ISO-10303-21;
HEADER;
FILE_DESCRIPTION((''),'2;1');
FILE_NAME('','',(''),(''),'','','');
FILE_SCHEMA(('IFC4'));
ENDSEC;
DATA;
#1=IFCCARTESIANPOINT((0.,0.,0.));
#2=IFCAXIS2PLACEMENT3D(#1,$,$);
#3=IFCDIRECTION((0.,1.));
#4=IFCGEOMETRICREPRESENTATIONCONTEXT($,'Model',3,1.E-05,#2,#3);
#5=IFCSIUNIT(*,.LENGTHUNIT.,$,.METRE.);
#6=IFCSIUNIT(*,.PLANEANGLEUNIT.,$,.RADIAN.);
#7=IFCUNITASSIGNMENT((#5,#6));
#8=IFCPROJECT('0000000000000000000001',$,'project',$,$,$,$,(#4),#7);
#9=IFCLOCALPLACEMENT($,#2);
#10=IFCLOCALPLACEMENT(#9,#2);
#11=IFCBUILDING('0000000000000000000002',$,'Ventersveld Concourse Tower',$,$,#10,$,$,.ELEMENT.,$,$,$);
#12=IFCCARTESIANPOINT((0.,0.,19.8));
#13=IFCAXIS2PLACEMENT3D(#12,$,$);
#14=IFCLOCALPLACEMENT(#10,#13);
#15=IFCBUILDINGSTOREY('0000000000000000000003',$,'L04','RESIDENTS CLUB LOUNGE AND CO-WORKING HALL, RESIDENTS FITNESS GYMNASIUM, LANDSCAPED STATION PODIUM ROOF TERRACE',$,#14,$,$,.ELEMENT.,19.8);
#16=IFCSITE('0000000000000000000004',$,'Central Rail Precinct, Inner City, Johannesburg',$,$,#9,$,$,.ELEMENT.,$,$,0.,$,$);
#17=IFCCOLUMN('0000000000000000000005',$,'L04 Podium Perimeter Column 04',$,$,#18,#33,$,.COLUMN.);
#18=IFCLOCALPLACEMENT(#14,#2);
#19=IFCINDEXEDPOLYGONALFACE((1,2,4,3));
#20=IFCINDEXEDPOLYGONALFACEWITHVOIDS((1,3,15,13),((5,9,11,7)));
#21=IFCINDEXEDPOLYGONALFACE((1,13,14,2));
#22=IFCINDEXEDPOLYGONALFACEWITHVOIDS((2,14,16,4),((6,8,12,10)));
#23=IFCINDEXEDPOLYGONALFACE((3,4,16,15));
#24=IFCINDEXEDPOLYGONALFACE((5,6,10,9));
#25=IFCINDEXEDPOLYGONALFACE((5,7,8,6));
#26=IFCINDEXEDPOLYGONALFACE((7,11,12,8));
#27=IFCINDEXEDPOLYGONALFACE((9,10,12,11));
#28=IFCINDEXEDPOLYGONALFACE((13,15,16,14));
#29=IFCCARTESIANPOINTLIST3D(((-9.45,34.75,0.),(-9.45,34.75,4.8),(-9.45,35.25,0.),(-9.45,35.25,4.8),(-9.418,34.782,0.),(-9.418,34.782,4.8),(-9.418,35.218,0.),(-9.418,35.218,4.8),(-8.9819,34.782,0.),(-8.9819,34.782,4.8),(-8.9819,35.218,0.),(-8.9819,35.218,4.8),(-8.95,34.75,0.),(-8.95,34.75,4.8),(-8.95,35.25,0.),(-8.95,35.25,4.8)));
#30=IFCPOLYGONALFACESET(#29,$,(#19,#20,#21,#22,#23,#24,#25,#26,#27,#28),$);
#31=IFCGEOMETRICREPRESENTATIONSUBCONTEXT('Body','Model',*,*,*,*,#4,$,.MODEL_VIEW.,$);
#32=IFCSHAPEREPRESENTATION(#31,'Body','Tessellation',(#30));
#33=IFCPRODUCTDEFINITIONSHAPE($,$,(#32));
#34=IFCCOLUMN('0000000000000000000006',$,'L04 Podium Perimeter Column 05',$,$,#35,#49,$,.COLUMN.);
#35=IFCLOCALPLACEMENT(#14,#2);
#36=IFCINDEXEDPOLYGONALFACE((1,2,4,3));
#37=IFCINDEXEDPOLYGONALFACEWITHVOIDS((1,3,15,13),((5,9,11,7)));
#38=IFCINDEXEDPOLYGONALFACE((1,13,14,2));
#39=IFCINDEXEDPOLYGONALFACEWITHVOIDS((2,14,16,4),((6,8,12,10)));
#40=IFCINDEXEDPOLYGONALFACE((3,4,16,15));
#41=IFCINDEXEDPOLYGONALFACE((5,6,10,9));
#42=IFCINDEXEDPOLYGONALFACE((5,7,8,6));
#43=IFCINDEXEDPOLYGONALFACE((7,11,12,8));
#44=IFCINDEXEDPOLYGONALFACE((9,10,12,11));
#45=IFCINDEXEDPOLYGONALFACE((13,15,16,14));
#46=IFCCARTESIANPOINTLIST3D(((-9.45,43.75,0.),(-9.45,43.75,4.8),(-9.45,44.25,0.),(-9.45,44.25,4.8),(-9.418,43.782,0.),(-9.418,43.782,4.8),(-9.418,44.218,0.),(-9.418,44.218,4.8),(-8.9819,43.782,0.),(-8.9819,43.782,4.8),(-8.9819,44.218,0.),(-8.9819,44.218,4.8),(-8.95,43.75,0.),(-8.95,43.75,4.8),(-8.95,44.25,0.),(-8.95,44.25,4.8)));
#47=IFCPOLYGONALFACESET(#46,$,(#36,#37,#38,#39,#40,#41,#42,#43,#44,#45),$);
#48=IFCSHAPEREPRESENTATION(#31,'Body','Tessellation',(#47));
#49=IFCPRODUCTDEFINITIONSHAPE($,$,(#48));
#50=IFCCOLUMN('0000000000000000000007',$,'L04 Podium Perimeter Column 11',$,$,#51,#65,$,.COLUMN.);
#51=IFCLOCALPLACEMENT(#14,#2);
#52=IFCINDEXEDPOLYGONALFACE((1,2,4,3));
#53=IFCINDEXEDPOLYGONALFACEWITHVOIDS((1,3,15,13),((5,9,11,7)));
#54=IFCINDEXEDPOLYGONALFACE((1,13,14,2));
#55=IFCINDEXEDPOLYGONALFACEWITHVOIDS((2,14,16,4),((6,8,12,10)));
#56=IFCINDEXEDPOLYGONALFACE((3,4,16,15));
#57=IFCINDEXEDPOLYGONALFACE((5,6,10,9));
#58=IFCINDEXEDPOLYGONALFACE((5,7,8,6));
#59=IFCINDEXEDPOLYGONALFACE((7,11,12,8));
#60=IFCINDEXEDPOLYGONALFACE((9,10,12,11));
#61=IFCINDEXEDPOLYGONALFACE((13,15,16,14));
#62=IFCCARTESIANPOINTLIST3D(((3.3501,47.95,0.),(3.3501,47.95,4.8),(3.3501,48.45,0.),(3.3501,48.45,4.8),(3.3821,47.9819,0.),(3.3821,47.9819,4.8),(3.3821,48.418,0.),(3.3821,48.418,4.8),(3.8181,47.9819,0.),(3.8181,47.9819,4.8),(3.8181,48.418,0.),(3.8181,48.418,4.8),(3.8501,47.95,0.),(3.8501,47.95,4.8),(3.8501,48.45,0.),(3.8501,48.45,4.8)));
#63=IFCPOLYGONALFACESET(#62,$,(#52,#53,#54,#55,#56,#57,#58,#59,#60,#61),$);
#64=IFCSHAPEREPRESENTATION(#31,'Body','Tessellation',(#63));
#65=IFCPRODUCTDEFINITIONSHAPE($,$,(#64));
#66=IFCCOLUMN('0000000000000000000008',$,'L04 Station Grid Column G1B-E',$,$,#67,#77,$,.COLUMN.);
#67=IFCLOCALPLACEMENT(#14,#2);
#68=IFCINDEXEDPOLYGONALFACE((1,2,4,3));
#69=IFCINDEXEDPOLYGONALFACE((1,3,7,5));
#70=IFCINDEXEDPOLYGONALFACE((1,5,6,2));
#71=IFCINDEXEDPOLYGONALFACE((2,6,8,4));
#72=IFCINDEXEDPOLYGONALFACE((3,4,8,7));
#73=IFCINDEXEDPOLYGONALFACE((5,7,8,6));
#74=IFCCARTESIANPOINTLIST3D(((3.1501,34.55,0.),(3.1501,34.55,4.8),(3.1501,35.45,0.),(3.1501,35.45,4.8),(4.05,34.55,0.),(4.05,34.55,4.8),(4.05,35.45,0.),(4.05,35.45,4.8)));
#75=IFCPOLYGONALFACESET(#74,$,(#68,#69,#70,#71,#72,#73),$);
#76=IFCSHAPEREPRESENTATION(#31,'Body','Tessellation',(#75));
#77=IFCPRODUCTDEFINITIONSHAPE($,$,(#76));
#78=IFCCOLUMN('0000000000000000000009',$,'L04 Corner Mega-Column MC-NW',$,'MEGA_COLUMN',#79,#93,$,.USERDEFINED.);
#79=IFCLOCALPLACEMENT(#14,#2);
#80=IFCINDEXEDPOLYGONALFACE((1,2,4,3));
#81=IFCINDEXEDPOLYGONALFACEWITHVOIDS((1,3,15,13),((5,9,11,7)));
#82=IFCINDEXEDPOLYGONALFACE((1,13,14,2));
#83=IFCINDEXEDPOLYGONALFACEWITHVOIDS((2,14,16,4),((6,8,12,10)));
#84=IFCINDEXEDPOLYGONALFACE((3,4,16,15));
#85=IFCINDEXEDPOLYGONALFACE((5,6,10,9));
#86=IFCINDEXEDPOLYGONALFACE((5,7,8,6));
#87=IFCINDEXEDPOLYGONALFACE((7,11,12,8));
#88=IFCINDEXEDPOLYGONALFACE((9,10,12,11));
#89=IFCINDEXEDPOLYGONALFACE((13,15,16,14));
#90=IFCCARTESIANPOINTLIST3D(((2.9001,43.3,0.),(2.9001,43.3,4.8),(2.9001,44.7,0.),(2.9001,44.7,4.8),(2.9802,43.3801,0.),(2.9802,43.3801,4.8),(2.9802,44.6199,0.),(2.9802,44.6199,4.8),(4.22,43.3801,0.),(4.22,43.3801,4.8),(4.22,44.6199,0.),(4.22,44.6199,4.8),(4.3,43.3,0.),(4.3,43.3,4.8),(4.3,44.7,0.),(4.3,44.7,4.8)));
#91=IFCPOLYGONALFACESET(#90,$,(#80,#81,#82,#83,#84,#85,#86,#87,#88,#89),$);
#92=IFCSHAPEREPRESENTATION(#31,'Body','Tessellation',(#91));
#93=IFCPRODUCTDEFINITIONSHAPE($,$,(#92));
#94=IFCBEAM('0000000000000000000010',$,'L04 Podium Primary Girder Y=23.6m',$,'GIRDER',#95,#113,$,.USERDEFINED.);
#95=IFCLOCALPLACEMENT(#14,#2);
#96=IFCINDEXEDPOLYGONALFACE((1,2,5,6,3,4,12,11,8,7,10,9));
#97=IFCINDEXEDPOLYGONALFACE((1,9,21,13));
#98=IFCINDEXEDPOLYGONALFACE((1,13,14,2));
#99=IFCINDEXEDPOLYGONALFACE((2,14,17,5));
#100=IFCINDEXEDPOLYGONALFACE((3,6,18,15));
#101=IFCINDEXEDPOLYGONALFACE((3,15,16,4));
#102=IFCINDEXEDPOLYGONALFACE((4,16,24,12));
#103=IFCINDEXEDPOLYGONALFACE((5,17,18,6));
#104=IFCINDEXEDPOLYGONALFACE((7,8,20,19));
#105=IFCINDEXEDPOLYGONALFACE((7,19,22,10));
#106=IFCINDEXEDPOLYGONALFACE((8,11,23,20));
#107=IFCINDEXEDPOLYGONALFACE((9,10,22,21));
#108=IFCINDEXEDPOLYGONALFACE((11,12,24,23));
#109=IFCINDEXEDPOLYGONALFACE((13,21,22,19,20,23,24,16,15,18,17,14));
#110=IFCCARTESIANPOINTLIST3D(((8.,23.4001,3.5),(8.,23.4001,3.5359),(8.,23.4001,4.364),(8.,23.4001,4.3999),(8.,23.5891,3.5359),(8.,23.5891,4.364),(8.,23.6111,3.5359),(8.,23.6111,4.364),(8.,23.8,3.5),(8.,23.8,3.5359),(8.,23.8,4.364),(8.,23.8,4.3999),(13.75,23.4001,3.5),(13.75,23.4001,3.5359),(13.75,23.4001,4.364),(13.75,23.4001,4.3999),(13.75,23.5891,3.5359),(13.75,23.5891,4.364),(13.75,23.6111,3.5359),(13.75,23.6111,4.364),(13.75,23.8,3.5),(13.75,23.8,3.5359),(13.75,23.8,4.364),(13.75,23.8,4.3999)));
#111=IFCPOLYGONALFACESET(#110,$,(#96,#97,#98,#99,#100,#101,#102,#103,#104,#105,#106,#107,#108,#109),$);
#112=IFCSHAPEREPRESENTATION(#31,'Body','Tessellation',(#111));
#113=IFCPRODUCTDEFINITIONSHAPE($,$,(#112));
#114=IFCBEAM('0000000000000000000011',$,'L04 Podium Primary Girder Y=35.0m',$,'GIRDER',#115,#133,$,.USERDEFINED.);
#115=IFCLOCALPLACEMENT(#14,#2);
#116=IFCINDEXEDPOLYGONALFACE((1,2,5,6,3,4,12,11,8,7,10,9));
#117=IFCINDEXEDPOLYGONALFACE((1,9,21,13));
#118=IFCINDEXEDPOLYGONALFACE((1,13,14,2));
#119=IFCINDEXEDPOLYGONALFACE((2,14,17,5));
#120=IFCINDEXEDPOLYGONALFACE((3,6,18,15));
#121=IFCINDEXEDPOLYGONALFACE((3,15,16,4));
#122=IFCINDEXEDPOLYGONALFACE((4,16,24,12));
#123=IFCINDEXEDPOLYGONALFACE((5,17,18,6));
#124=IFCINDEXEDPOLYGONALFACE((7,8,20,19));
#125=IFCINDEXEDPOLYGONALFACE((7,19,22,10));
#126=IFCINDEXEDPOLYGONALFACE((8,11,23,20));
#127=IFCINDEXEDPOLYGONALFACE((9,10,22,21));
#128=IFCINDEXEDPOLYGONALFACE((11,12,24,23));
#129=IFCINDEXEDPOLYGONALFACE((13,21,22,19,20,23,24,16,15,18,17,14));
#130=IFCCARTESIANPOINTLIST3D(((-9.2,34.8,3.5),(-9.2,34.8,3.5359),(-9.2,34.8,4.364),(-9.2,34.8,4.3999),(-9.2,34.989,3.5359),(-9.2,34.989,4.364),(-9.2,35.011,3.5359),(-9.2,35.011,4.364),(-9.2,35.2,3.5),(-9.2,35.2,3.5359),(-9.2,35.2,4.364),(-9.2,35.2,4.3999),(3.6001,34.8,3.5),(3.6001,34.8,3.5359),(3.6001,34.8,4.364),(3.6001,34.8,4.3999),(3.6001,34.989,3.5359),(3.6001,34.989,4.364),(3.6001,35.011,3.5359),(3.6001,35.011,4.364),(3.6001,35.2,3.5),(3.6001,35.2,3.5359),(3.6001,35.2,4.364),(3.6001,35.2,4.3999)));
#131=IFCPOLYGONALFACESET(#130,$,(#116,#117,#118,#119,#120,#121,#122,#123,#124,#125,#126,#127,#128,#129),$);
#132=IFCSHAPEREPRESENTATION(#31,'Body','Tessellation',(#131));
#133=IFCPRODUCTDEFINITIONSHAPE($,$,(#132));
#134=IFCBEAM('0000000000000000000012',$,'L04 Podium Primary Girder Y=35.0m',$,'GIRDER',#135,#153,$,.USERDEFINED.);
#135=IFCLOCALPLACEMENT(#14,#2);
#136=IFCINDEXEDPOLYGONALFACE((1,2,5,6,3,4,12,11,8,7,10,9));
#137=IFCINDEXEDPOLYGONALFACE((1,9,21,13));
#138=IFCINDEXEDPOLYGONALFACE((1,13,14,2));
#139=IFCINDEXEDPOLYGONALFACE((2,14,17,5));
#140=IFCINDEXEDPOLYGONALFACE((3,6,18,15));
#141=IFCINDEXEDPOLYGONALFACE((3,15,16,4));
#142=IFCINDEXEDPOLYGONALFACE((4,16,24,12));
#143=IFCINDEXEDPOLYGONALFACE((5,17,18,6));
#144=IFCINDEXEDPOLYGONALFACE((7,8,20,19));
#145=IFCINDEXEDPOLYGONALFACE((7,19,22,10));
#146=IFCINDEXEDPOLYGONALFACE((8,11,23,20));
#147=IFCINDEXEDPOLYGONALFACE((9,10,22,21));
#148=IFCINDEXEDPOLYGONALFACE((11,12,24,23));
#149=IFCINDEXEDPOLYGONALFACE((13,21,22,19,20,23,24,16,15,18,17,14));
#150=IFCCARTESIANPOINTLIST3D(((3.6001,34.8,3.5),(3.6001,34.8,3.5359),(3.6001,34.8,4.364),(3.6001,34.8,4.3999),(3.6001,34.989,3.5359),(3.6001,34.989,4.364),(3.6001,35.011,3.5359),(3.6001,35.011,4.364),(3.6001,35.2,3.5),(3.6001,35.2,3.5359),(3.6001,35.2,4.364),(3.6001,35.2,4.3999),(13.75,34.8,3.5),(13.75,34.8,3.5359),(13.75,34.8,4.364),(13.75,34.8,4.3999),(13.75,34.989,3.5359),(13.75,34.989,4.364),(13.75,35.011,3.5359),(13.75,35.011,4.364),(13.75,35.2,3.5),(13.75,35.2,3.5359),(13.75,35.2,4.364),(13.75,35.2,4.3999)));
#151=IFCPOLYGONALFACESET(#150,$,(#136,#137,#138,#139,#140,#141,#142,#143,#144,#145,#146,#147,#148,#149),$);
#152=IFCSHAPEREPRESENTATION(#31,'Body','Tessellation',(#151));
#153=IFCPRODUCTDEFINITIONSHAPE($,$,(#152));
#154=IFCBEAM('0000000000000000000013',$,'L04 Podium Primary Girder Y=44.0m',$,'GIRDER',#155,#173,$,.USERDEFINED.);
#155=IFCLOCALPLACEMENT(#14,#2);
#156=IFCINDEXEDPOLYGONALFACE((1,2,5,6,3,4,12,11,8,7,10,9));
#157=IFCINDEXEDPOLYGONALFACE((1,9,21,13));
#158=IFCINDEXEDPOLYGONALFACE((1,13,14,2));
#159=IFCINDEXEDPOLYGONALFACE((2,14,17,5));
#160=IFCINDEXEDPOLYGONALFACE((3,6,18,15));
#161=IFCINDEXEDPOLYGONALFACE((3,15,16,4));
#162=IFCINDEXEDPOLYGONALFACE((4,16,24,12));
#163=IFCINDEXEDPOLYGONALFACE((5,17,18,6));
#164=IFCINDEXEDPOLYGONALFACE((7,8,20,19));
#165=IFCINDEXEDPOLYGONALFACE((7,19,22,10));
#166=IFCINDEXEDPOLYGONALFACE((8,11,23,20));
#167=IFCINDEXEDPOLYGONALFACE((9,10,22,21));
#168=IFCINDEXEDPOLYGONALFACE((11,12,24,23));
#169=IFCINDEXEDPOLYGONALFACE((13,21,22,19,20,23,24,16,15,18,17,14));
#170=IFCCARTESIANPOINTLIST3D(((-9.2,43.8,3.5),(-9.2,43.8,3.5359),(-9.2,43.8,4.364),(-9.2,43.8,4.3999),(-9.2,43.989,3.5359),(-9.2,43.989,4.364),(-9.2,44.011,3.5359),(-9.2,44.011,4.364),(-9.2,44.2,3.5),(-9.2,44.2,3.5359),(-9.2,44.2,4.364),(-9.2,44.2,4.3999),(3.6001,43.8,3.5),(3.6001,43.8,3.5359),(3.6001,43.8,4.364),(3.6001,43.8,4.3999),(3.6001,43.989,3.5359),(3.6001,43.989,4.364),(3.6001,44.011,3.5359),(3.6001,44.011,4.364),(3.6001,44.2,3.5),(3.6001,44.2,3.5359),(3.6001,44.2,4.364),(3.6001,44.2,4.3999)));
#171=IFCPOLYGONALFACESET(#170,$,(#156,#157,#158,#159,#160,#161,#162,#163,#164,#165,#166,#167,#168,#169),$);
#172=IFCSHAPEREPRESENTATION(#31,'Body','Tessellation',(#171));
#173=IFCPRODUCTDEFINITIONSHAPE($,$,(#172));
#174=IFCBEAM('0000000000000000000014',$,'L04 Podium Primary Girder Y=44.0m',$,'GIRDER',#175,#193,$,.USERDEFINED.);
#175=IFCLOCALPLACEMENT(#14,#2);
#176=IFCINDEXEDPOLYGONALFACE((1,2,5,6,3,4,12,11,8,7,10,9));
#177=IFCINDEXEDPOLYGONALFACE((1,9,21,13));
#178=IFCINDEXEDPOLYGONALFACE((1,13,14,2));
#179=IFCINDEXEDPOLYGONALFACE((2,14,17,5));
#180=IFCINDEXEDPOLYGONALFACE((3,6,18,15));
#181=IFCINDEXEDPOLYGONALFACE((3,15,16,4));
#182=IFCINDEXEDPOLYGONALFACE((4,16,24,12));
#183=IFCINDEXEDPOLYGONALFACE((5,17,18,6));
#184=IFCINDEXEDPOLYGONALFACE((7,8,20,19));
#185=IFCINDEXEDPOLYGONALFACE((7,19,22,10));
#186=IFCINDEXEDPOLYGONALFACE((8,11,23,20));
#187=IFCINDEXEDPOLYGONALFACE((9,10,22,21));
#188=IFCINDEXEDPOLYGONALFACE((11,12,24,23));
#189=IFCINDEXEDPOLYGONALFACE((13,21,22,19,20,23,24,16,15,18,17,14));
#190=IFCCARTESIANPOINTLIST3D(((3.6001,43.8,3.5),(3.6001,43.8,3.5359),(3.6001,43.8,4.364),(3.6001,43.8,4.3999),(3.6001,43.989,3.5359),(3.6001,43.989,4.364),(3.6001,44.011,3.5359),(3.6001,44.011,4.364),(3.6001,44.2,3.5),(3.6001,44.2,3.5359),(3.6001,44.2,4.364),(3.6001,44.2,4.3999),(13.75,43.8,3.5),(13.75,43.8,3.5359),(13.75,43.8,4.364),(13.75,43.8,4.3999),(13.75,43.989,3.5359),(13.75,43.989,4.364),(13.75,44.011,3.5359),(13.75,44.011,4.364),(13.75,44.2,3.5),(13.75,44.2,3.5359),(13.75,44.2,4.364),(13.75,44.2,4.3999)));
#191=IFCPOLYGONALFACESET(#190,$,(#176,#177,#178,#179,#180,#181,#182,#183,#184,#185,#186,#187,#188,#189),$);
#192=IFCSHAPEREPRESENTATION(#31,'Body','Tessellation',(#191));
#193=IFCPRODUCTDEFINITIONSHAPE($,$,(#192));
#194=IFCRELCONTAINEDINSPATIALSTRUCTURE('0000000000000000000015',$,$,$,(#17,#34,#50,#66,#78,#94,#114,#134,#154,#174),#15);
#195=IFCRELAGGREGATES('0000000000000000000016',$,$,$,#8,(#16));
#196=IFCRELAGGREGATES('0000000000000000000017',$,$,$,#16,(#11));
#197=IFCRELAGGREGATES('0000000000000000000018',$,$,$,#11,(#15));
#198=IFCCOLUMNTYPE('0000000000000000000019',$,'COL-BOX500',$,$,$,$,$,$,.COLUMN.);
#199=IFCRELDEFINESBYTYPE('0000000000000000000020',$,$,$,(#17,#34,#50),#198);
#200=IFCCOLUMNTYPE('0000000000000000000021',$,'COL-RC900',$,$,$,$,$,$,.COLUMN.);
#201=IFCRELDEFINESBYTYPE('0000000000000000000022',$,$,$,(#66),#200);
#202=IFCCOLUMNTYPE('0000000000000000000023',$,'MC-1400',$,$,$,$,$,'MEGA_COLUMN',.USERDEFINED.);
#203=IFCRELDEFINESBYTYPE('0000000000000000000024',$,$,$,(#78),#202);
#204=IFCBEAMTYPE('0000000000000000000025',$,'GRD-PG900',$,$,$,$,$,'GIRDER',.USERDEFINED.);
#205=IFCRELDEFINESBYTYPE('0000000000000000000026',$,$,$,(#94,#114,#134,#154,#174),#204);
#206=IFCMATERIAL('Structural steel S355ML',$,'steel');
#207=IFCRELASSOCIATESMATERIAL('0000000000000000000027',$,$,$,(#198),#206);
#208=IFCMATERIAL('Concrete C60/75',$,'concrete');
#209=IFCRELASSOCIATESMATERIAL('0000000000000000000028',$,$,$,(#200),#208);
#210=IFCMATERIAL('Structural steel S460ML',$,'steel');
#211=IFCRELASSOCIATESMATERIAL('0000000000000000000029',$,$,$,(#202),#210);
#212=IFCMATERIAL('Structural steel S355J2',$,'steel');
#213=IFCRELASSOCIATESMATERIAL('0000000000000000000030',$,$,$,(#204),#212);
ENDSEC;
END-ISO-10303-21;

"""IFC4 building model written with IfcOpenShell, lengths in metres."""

from ifc_helpers import new_model, si_unit, direction, frame, origin, origin_2d, place, context, subcontext, project, spatial, rectangle, hollow_rectangle, i_section, extrude, material, material_profile, profile_set, type_object, element, save


model = new_model("IFC4")

# Units and contexts
model_context = context("Model", 3, precision=1e-05, world=origin(), true_north=direction((0.0, 1.0)))
body_context = subcontext(model_context, "Body", "Model", "MODEL_VIEW")
ifc_project = project(units=[si_unit("LENGTHUNIT", "METRE"), si_unit("PLANEANGLEUNIT", "RADIAN")], contexts=[model_context])

# Site, building, storey
site_placement = place(None, origin())
site = spatial("IfcSite", under=ifc_project, at=site_placement, Name="Central Rail Precinct, Inner City, Johannesburg", CompositionType="ELEMENT", RefElevation=0.0)
building_placement = place(site_placement, origin())
building = spatial("IfcBuilding", under=site, at=building_placement, Name="Ventersveld Concourse Tower", CompositionType="ELEMENT")
storey_placement = place(building_placement, frame((0.0, 0.0, 19.8)))
storey = spatial("IfcBuildingStorey", under=building, at=storey_placement, Name="L04", Description="RESIDENTS CLUB LOUNGE AND CO-WORKING HALL, RESIDENTS FITNESS GYMNASIUM, LANDSCAPED STATION PODIUM ROOF TERRACE", CompositionType="ELEMENT", Elevation=19.8)

# Columns
ifc_material_1 = material(Name="Structural steel S355ML", Category="steel")
ifc_material_profile_1 = material_profile(ifc_material_1, hollow_rectangle(XDim=0.5, YDim=0.5, WallThickness=0.032, at=origin_2d()), Name="BOX 500x500x32")
ifc_profile_set_1 = profile_set([ifc_material_profile_1], Name="Structural steel S355ML")
column_type_1 = type_object("IfcColumnType", Name="COL-BOX500", PredefinedType="COLUMN", material=ifc_profile_set_1)
for number, where, z_axis, x_axis, name in (
    (1, (-9.2, 35.0, 0.0), (0.0, 0.0, 1.0), (1.0, 0.0, 0.0), "L04 Podium Perimeter Column 04"),
    (2, (-9.2, 44.0, 0.0), (0.0, 0.0, 1.0), (1.0, 0.0, 0.0), "L04 Podium Perimeter Column 05"),
    (3, (3.6001, 48.2, 0.0), (0.0, 0.0, 1.0), (1.0, 0.0, 0.0), "L04 Podium Perimeter Column 11"),
):
    element("IfcColumn", number, at=place(storey_placement, frame(where, z_axis=z_axis, x_axis=x_axis)), inside=storey, type_object=column_type_1, Name=name, PredefinedType="COLUMN", context=body_context, shape_type="SweptSolid", body=[
        extrude(hollow_rectangle(XDim=0.5, YDim=0.5, WallThickness=0.032, at=origin_2d()), origin(), (0.0, 0.0, 1.0), 4.8),
    ])
ifc_material_2 = material(Name="Concrete C60/75", Category="concrete")
ifc_material_profile_2 = material_profile(ifc_material_2, rectangle(XDim=0.8999, YDim=0.8999, at=origin_2d()), Name="RC 900x900")
ifc_profile_set_2 = profile_set([ifc_material_profile_2], Name="Concrete C60/75")
column_type_2 = type_object("IfcColumnType", Name="COL-RC900", PredefinedType="COLUMN", material=ifc_profile_set_2)
column_1_placement = place(storey_placement, frame((3.6001, 35.0, 0.0), z_axis=(0.0, 0.0, 1.0), x_axis=(1.0, 0.0, 0.0)))
element("IfcColumn", 4, at=column_1_placement, inside=storey, type_object=column_type_2, Name="L04 Station Grid Column G1B-E", PredefinedType="COLUMN", context=body_context, shape_type="SweptSolid", body=[
    extrude(rectangle(XDim=0.8999, YDim=0.8999, at=origin_2d()), origin(), (0.0, 0.0, 1.0), 4.8),
])
ifc_material_3 = material(Name="Structural steel S460ML", Category="steel")
ifc_material_profile_3 = material_profile(ifc_material_3, hollow_rectangle(XDim=1.3999, YDim=1.3999, WallThickness=0.0801, at=origin_2d()), Name="BOX 1400x1400x80")
ifc_profile_set_3 = profile_set([ifc_material_profile_3], Name="Structural steel S460ML")
column_type_3 = type_object("IfcColumnType", Name="MC-1400", ElementType="MEGA_COLUMN", PredefinedType="USERDEFINED", material=ifc_profile_set_3)
column_2_placement = place(storey_placement, frame((3.6001, 44.0, 0.0), z_axis=(0.0, 0.0, 1.0), x_axis=(1.0, 0.0, 0.0)))
element("IfcColumn", 5, at=column_2_placement, inside=storey, type_object=column_type_3, Name="L04 Corner Mega-Column MC-NW", ObjectType="MEGA_COLUMN", PredefinedType="USERDEFINED", context=body_context, shape_type="SweptSolid", body=[
    extrude(hollow_rectangle(XDim=1.3999, YDim=1.3999, WallThickness=0.0801, at=origin_2d()), origin(), (0.0, 0.0, 1.0), 4.8),
])

# Beams
ifc_material_4 = material(Name="Structural steel S355J2", Category="steel")
ifc_material_profile_4 = material_profile(ifc_material_4, i_section(OverallWidth=0.3999, OverallDepth=0.8999, WebThickness=0.022, FlangeThickness=0.0359, at=origin_2d()), Name="PG 900x400x36")
ifc_profile_set_4 = profile_set([ifc_material_profile_4], Name="Structural steel S355J2")
beam_type_1 = type_object("IfcBeamType", Name="GRD-PG900", ElementType="GIRDER", PredefinedType="USERDEFINED", material=ifc_profile_set_4)
beam_1_placement = place(storey_placement, frame((8.0, 23.6001, 3.95), z_axis=(1.0, 0.0, 0.0), x_axis=(0.0, 1.0, 0.0)))
element("IfcBeam", 6, at=beam_1_placement, inside=storey, type_object=beam_type_1, Name="L04 Podium Primary Girder Y=23.6m", ObjectType="GIRDER", PredefinedType="USERDEFINED", context=body_context, shape_type="SweptSolid", body=[
    extrude(i_section(OverallWidth=0.3999, OverallDepth=0.8999, WebThickness=0.022, FlangeThickness=0.0359, at=origin_2d()), origin(), (0.0, 0.0, 1.0), 5.75),
])
beam_2_placement = place(storey_placement, frame((-9.2, 35.0, 3.95), z_axis=(1.0, 0.0, 0.0), x_axis=(0.0, 1.0, 0.0)))
element("IfcBeam", 7, at=beam_2_placement, inside=storey, type_object=beam_type_1, Name="L04 Podium Primary Girder Y=35.0m", ObjectType="GIRDER", PredefinedType="USERDEFINED", context=body_context, shape_type="SweptSolid", body=[
    extrude(i_section(OverallWidth=0.3999, OverallDepth=0.8999, WebThickness=0.022, FlangeThickness=0.0359, at=origin_2d()), origin(), (0.0, 0.0, 1.0), 12.8),
])
beam_3_placement = place(storey_placement, frame((3.6001, 35.0, 3.95), z_axis=(1.0, 0.0, 0.0), x_axis=(0.0, 1.0, 0.0)))
element("IfcBeam", 8, at=beam_3_placement, inside=storey, type_object=beam_type_1, Name="L04 Podium Primary Girder Y=35.0m", ObjectType="GIRDER", PredefinedType="USERDEFINED", context=body_context, shape_type="SweptSolid", body=[
    extrude(i_section(OverallWidth=0.3999, OverallDepth=0.8999, WebThickness=0.022, FlangeThickness=0.0359, at=origin_2d()), origin(), (0.0, 0.0, 1.0), 10.1499),
])
beam_4_placement = place(storey_placement, frame((-9.2, 44.0, 3.95), z_axis=(1.0, 0.0, 0.0), x_axis=(0.0, 1.0, 0.0)))
element("IfcBeam", 9, at=beam_4_placement, inside=storey, type_object=beam_type_1, Name="L04 Podium Primary Girder Y=44.0m", ObjectType="GIRDER", PredefinedType="USERDEFINED", context=body_context, shape_type="SweptSolid", body=[
    extrude(i_section(OverallWidth=0.3999, OverallDepth=0.8999, WebThickness=0.022, FlangeThickness=0.0359, at=origin_2d()), origin(), (0.0, 0.0, 1.0), 12.8),
])
beam_5_placement = place(storey_placement, frame((3.6001, 44.0, 3.95), z_axis=(1.0, 0.0, 0.0), x_axis=(0.0, 1.0, 0.0)))
element("IfcBeam", 10, at=beam_5_placement, inside=storey, type_object=beam_type_1, Name="L04 Podium Primary Girder Y=44.0m", ObjectType="GIRDER", PredefinedType="USERDEFINED", context=body_context, shape_type="SweptSolid", body=[
    extrude(i_section(OverallWidth=0.3999, OverallDepth=0.8999, WebThickness=0.022, FlangeThickness=0.0359, at=origin_2d()), origin(), (0.0, 0.0, 1.0), 10.1499),
])

save(model, "model.ifc")
